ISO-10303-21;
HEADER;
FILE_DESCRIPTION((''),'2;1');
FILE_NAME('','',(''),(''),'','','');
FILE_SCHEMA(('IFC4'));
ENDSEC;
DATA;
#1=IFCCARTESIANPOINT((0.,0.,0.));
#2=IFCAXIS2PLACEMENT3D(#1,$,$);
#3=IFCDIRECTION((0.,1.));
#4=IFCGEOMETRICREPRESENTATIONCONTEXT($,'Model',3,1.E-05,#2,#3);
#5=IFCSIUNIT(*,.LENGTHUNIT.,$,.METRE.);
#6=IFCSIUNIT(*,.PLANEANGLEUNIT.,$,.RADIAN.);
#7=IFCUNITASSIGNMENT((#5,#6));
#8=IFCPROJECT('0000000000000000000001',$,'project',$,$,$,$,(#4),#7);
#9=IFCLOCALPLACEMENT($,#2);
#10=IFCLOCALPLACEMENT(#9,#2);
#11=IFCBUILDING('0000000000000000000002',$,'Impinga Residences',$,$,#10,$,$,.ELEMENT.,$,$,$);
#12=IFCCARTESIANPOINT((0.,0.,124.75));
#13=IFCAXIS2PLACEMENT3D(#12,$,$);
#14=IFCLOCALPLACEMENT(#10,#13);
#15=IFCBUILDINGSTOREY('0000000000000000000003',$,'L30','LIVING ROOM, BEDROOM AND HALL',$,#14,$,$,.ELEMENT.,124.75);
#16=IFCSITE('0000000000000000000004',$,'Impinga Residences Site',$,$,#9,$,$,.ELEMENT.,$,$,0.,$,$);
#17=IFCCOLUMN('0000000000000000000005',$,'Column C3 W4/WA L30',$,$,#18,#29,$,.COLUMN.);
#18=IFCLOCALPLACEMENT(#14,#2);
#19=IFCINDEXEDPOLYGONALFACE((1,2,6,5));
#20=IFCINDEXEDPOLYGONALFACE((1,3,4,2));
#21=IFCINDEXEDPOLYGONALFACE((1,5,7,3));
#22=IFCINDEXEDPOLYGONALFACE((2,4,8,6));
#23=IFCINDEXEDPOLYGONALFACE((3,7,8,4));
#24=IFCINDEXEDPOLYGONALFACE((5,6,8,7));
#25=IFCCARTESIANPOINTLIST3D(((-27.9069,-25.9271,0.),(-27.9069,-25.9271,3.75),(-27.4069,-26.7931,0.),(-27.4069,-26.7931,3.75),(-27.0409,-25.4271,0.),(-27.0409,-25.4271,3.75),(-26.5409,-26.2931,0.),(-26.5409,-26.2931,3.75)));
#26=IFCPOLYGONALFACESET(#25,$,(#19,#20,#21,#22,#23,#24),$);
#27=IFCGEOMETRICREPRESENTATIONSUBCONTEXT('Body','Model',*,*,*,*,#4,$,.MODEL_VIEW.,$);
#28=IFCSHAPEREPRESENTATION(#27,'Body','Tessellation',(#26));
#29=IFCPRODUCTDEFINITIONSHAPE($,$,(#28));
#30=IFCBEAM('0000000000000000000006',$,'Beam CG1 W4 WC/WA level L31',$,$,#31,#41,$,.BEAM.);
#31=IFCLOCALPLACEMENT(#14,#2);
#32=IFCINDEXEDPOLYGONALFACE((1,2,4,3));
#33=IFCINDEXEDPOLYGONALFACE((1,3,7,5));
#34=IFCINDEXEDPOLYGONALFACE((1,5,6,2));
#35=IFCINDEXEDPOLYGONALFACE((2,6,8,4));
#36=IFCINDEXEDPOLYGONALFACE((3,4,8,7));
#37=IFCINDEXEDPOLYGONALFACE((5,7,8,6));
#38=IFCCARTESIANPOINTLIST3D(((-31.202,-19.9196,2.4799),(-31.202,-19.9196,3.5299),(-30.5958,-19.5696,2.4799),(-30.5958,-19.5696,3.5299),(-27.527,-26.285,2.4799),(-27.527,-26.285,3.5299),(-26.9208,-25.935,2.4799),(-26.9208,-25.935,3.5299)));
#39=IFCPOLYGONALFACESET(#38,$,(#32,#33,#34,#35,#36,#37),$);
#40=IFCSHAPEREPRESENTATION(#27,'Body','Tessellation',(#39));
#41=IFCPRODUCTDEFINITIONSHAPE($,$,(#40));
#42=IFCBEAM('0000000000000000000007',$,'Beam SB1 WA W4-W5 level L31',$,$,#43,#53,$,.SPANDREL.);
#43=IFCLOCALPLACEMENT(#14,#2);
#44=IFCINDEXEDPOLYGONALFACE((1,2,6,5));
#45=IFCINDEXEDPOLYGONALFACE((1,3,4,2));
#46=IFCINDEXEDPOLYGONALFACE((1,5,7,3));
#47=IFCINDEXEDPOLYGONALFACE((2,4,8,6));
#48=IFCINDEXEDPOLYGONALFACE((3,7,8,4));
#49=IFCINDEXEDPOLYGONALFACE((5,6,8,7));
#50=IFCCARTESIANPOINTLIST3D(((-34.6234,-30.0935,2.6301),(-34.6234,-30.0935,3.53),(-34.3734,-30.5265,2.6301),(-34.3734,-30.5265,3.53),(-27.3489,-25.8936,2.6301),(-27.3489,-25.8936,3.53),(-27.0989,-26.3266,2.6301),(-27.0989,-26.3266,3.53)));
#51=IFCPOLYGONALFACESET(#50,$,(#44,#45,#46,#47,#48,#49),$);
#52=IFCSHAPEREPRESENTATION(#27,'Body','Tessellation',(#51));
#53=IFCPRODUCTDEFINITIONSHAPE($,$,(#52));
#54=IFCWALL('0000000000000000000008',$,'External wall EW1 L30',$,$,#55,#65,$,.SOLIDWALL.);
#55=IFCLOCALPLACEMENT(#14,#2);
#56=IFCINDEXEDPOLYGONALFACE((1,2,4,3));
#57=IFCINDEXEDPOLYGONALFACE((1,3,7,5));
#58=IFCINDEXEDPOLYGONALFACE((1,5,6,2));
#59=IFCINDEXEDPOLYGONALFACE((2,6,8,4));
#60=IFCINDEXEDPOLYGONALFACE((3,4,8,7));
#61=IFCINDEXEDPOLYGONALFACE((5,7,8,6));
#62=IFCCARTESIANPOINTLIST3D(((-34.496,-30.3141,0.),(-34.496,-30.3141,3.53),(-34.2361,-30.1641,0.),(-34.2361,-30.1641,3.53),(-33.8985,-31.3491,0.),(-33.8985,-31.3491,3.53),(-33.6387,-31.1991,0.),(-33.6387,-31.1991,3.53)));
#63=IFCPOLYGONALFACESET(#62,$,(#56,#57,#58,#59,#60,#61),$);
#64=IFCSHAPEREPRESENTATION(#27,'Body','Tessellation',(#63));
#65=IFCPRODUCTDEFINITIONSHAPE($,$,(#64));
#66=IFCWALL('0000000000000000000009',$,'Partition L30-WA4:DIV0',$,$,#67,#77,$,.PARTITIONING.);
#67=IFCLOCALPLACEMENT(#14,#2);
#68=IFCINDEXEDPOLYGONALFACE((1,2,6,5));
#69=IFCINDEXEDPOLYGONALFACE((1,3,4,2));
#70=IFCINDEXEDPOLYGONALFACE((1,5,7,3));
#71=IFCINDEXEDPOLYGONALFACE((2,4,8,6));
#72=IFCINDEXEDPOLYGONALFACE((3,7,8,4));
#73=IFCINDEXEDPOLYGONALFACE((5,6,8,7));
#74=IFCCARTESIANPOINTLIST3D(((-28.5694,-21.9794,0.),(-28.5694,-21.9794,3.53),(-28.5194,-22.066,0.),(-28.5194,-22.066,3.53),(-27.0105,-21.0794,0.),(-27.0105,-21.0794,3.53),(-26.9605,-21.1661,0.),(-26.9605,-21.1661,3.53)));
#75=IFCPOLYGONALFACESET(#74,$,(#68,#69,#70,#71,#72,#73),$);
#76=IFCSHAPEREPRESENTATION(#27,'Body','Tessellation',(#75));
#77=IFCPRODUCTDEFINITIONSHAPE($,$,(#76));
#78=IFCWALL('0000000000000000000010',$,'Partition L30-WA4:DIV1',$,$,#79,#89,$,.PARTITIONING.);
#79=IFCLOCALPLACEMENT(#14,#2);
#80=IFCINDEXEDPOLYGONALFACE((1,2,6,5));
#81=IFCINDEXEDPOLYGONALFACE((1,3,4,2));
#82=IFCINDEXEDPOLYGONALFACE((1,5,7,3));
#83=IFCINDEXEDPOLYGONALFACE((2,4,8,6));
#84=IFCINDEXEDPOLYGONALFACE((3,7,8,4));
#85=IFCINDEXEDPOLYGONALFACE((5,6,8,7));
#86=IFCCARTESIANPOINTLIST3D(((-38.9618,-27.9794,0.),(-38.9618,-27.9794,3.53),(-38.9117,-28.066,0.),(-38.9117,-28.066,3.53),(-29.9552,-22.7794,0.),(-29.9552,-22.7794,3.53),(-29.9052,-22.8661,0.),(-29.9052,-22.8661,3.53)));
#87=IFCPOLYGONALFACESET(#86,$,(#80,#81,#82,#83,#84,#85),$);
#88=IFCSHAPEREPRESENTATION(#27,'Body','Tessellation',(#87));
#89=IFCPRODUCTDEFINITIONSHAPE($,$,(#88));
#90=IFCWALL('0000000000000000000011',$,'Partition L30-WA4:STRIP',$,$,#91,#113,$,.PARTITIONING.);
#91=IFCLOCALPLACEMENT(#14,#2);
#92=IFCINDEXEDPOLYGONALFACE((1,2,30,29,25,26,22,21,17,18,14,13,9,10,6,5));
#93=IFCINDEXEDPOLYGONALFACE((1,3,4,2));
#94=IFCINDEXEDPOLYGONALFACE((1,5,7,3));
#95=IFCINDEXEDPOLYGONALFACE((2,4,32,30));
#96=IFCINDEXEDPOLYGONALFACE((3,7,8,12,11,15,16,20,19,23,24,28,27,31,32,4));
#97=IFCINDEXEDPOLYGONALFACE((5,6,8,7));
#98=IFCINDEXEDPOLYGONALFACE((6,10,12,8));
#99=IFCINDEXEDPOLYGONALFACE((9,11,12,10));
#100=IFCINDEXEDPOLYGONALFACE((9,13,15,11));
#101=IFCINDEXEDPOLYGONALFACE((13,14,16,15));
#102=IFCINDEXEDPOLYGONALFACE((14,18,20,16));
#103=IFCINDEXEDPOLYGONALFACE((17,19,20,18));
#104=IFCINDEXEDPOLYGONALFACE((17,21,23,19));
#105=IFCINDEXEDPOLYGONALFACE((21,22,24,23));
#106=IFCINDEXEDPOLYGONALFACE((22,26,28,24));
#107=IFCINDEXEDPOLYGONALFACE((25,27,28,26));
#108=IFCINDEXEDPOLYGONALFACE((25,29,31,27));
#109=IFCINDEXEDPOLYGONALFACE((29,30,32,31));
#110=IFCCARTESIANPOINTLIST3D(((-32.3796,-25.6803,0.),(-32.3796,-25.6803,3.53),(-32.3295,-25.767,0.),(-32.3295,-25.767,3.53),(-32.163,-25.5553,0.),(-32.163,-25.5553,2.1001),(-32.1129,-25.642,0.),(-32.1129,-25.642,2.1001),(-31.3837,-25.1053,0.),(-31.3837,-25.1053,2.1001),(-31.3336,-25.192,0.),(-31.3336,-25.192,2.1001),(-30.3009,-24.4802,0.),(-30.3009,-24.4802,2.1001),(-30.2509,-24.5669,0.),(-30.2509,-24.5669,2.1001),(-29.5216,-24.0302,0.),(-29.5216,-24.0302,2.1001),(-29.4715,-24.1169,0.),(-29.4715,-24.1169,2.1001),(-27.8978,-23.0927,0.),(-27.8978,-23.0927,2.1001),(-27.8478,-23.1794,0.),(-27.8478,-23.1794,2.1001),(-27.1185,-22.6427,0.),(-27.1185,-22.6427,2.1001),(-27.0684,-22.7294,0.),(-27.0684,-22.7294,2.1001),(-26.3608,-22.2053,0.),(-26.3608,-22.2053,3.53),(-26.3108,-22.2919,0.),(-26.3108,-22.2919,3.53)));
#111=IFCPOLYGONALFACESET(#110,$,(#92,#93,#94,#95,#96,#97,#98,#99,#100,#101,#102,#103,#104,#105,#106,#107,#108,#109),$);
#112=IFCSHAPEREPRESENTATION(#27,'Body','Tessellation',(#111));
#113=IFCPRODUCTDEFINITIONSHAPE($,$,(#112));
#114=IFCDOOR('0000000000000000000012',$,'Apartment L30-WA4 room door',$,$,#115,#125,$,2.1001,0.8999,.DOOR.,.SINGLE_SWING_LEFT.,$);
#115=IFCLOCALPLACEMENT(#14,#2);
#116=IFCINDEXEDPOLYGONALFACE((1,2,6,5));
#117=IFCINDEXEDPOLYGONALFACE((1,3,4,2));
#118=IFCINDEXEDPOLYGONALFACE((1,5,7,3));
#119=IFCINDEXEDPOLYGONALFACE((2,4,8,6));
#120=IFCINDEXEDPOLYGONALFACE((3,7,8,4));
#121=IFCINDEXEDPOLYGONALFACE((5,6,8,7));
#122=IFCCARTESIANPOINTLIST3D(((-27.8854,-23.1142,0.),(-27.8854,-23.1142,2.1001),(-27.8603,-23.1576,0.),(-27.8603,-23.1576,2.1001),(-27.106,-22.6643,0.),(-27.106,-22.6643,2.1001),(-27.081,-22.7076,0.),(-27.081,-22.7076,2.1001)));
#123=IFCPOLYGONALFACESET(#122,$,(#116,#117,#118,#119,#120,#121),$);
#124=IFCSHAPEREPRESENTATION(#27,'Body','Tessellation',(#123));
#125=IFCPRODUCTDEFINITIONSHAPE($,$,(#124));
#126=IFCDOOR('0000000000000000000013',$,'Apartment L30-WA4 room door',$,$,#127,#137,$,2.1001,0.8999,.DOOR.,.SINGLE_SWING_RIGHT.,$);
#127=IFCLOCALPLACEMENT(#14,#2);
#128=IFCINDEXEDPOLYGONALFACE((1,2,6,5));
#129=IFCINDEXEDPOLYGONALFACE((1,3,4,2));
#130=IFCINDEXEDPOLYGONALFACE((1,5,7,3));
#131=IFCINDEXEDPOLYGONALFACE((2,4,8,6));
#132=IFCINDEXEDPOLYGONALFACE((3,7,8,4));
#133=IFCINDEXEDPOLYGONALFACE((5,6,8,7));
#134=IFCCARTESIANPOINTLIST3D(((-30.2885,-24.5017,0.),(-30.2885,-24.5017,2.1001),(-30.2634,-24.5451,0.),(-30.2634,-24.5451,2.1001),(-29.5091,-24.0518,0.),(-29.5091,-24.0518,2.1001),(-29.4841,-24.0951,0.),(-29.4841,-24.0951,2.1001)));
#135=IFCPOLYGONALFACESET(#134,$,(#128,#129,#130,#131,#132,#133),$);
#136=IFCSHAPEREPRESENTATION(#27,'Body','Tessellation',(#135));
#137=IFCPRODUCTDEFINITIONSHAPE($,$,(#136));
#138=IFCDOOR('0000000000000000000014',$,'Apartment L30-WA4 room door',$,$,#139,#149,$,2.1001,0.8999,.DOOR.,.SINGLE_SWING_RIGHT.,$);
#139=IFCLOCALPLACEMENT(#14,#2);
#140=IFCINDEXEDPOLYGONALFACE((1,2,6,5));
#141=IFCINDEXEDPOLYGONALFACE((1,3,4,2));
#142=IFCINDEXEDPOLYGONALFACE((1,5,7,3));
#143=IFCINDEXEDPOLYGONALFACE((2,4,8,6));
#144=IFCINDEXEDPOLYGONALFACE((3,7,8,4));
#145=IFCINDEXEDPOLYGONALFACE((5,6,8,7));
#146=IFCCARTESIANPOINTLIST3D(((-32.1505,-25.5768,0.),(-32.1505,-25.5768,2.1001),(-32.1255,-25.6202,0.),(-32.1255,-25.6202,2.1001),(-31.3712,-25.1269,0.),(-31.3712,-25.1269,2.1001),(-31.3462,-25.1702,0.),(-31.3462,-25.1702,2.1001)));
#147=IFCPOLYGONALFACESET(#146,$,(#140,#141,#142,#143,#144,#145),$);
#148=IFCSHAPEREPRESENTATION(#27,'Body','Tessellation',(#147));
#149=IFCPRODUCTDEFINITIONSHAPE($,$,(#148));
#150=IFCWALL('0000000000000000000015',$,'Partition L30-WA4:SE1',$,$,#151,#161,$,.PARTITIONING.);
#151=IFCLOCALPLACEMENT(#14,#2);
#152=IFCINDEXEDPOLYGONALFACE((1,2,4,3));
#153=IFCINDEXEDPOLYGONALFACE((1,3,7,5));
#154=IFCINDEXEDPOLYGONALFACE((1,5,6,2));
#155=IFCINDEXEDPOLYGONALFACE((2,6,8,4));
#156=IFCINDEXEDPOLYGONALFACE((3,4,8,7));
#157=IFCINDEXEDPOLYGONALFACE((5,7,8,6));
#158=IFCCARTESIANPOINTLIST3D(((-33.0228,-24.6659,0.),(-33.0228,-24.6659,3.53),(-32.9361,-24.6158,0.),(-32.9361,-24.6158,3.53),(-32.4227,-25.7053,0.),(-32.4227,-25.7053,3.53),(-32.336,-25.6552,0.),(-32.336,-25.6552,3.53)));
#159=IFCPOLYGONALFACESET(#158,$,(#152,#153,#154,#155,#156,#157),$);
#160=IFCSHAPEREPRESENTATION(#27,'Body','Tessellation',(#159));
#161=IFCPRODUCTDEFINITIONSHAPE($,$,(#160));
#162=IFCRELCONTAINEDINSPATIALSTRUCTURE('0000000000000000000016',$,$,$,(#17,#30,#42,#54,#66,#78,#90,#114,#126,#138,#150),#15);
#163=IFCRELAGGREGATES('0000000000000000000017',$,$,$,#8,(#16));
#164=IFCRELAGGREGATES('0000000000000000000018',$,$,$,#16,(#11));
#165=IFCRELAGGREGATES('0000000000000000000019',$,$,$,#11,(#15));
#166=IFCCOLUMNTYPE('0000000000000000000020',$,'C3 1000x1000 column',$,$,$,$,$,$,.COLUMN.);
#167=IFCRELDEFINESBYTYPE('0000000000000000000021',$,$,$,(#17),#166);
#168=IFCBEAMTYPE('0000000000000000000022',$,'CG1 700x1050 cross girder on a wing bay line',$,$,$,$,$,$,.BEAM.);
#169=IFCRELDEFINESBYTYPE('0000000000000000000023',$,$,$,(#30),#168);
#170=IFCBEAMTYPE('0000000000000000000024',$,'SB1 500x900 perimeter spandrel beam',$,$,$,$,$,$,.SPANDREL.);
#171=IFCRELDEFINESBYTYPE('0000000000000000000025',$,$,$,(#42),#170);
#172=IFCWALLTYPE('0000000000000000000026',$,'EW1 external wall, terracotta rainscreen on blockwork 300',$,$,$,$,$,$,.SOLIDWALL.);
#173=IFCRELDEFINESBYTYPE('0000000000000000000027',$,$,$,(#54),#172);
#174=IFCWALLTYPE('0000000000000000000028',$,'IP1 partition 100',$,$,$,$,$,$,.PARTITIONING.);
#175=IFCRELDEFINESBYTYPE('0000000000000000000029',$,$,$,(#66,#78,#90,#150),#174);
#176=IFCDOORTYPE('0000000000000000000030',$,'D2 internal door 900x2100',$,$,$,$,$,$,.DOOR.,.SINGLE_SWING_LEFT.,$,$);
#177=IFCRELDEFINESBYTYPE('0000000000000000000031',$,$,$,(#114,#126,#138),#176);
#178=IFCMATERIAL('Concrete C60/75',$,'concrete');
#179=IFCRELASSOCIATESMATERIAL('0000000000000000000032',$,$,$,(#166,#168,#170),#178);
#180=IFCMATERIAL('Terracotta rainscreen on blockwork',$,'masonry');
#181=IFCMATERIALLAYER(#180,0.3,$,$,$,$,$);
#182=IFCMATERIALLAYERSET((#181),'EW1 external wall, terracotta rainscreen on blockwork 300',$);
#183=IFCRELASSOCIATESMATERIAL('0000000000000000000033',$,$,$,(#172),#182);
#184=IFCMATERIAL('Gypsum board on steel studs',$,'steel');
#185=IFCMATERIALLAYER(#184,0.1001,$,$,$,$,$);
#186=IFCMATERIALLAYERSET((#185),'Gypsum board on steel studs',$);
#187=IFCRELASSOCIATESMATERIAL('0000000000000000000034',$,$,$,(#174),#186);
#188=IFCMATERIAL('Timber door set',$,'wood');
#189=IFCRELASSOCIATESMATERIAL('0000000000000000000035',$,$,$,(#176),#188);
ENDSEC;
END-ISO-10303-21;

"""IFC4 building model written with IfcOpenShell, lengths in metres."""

from ifc_helpers import new_model, si_unit, direction, frame, frame_2d, origin, origin_2d, place, context, subcontext, project, spatial, rectangle, extrude, material, layer, layer_set, material_profile, profile_set, type_object, element, fill, save


model = new_model("IFC4")

# Units and contexts
model_context = context("Model", 3, precision=1e-05, world=origin(), true_north=direction((0.0, 1.0)))
body_context = subcontext(model_context, "Body", "Model", "MODEL_VIEW")
ifc_project = project(units=[si_unit("LENGTHUNIT", "METRE"), si_unit("PLANEANGLEUNIT", "RADIAN")], contexts=[model_context])

# Site, building, storey
site_placement = place(None, origin())
site = spatial("IfcSite", under=ifc_project, at=site_placement, Name="Impinga Residences Site", CompositionType="ELEMENT", RefElevation=0.0)
building_placement = place(site_placement, origin())
building = spatial("IfcBuilding", under=site, at=building_placement, Name="Impinga Residences", CompositionType="ELEMENT")
storey_placement = place(building_placement, frame((0.0, 0.0, 124.75)))
storey = spatial("IfcBuildingStorey", under=building, at=storey_placement, Name="L30", Description="LIVING ROOM, BEDROOM AND HALL", CompositionType="ELEMENT", Elevation=124.75)

# Column
ifc_material_1 = material(Name="Concrete C60/75", Category="concrete")
ifc_material_profile_1 = material_profile(ifc_material_1, rectangle(XDim=1.0, YDim=1.0, at=origin_2d()), Name="RC 1000x1000")
ifc_profile_set_1 = profile_set([ifc_material_profile_1], Name="Concrete C60/75")
column_type = type_object("IfcColumnType", Name="C3 1000x1000 column", PredefinedType="COLUMN", material=ifc_profile_set_1)
column_placement = place(storey_placement, frame((-27.2239, -26.1101, 0.0), z_axis=(0.0, 0.0, 1.0), x_axis=(-0.5, 0.866025, 0.0)))
element("IfcColumn", 1, at=column_placement, inside=storey, type_object=column_type, Name="Column C3 W4/WA L30", PredefinedType="COLUMN", context=body_context, shape_type="SweptSolid", body=[
    extrude(rectangle(XDim=1.0, YDim=1.0, at=origin_2d()), origin(), (0.0, 0.0, 1.0), 3.75),
])

# Beams
ifc_material_profile_2 = material_profile(ifc_material_1, rectangle(XDim=0.7, YDim=1.05, at=origin_2d()), Name="RC 700x1050")
ifc_profile_set_2 = profile_set([ifc_material_profile_2], Name="Concrete C60/75")
beam_type_1 = type_object("IfcBeamType", Name="CG1 700x1050 cross girder on a wing bay line", PredefinedType="BEAM", material=ifc_profile_set_2)
beam_1_placement = place(storey_placement, frame((-30.8989, -19.7446, 3.0049), z_axis=(0.499994, -0.866029, 0.0), x_axis=(0.866029, 0.499994, 0.0)))
element("IfcBeam", 2, at=beam_1_placement, inside=storey, type_object=beam_type_1, Name="Beam CG1 W4 WC/WA level L31", PredefinedType="BEAM", context=body_context, shape_type="SweptSolid", body=[
    extrude(rectangle(XDim=0.7, YDim=1.05, at=origin_2d()), origin(), (0.0, 0.0, 1.0), 7.3501),
])
ifc_material_profile_3 = material_profile(ifc_material_1, rectangle(XDim=0.5, YDim=0.8999, at=origin_2d()), Name="RC 500x900")
ifc_profile_set_3 = profile_set([ifc_material_profile_3], Name="Concrete C60/75")
beam_type_2 = type_object("IfcBeamType", Name="SB1 500x900 perimeter spandrel beam", PredefinedType="SPANDREL", material=ifc_profile_set_3)
beam_2_placement = place(storey_placement, frame((-27.2239, -26.1101, 3.0801), z_axis=(-0.866029, -0.499993, 0.0), x_axis=(0.499993, -0.866029, 0.0)))
element("IfcBeam", 3, at=beam_2_placement, inside=storey, type_object=beam_type_2, Name="Beam SB1 WA W4-W5 level L31", PredefinedType="SPANDREL", context=body_context, shape_type="SweptSolid", body=[
    extrude(rectangle(XDim=0.5, YDim=0.8999, at=origin_2d()), origin(), (0.0, 0.0, 1.0), 8.3999),
])

# Walls
ifc_material_2 = material(Name="Terracotta rainscreen on blockwork", Category="masonry")
ifc_layer_1 = layer(ifc_material_2, 0.3)
ifc_layer_set_1 = layer_set([ifc_layer_1], Name="EW1 external wall, terracotta rainscreen on blockwork 300")
wall_type_1 = type_object("IfcWallType", Name="EW1 external wall, terracotta rainscreen on blockwork 300", PredefinedType="SOLIDWALL", material=ifc_layer_set_1)
wall_1_placement = place(storey_placement, frame((-33.7686, -31.2742, 0.0), z_axis=(0.0, 0.0, 1.0), x_axis=(-0.499941, 0.86606, 0.0)))
element("IfcWall", 4, at=wall_1_placement, inside=storey, type_object=wall_type_1, Name="External wall EW1 L30", PredefinedType="SOLIDWALL", context=body_context, shape_type="SweptSolid", body=[
    extrude(rectangle(XDim=1.1951, YDim=0.3, at=frame_2d((0.5977, 0.0))), origin(), (0.0, 0.0, 1.0), 3.53),
])
ifc_material_3 = material(Name="Gypsum board on steel studs", Category="steel")
ifc_layer_2 = layer(ifc_material_3, 0.1001)
ifc_layer_set_2 = layer_set([ifc_layer_2], Name="Gypsum board on steel studs")
wall_type_2 = type_object("IfcWallType", Name="IP1 partition 100", PredefinedType="PARTITIONING", material=ifc_layer_set_2)
wall_2_placement = place(storey_placement, frame((-26.9856, -21.1228, 0.0), z_axis=(0.0, 0.0, 1.0), x_axis=(-0.866048, -0.499961, 0.0)))
element("IfcWall", 5, at=wall_2_placement, inside=storey, type_object=wall_type_2, Name="Partition L30-WA4:DIV0", PredefinedType="PARTITIONING", context=body_context, shape_type="SweptSolid", body=[
    extrude(rectangle(XDim=1.8, YDim=0.1001, at=frame_2d((0.8999, 0.0))), origin(), (0.0, 0.0, 1.0), 3.53),
])
wall_3_placement = place(storey_placement, frame((-29.9302, -22.8228, 0.0), z_axis=(0.0, 0.0, 1.0), x_axis=(-0.866026, -0.499999, 0.0)))
element("IfcWall", 6, at=wall_3_placement, inside=storey, type_object=wall_type_2, Name="Partition L30-WA4:DIV1", PredefinedType="PARTITIONING", context=body_context, shape_type="SweptSolid", body=[
    extrude(rectangle(XDim=10.3999, YDim=0.1001, at=frame_2d((5.2, 0.0))), origin(), (0.0, 0.0, 1.0), 3.53),
])

# Wall, openings, doors
wall_4_placement = place(storey_placement, frame((-26.3357, -22.2485, 0.0), z_axis=(0.0, 0.0, 1.0), x_axis=(-0.866017, -0.500015, 0.0)))
wall_4 = element("IfcWall", 7, at=wall_4_placement, inside=storey, type_object=wall_type_2, Name="Partition L30-WA4:STRIP", PredefinedType="PARTITIONING", context=body_context, shape_type="SweptSolid", body=[
    extrude(rectangle(XDim=6.95, YDim=0.1001, at=frame_2d((3.4751, 0.0))), origin(), (0.0, 0.0, 1.0), 3.53),
])
opening_1_placement = place(wall_4_placement, frame((0.875, 0.0, 0.0)))
opening_1 = element("IfcOpeningElement", 8, at=opening_1_placement, cuts=wall_4, PredefinedType="OPENING", context=body_context, shape_type="SweptSolid", body=[
    extrude(rectangle(XDim=0.8999, YDim=2.1001, at=frame_2d((0.45, 1.05))), frame((0.0, 0.0601, 0.0), z_axis=(0.0, -1.0, 0.0), x_axis=(1.0, 0.0, 0.0)), (0.0, 0.0, 1.0), 0.1201),
])
opening_2_placement = place(wall_4_placement, frame((3.6499, 0.0, 0.0)))
opening_2 = element("IfcOpeningElement", 9, at=opening_2_placement, cuts=wall_4, PredefinedType="OPENING", context=body_context, shape_type="SweptSolid", body=[
    extrude(rectangle(XDim=0.8999, YDim=2.1001, at=frame_2d((0.45, 1.05))), frame((0.0, 0.0601, 0.0), z_axis=(0.0, -1.0, 0.0), x_axis=(1.0, 0.0, 0.0)), (0.0, 0.0, 1.0), 0.1201),
])
opening_3_placement = place(wall_4_placement, frame((5.8, 0.0, 0.0)))
opening_3 = element("IfcOpeningElement", 10, at=opening_3_placement, cuts=wall_4, PredefinedType="OPENING", context=body_context, shape_type="SweptSolid", body=[
    extrude(rectangle(XDim=0.8999, YDim=2.1001, at=frame_2d((0.45, 1.05))), frame((0.0, 0.0601, 0.0), z_axis=(0.0, -1.0, 0.0), x_axis=(1.0, 0.0, 0.0)), (0.0, 0.0, 1.0), 0.1201),
])
ifc_material_4 = material(Name="Timber door set", Category="wood")
door_type = type_object("IfcDoorType", Name="D2 internal door 900x2100", OperationType="SINGLE_SWING_LEFT", PredefinedType="DOOR", material=ifc_material_4)
door_1_placement = place(opening_1_placement, origin())
door_1 = element("IfcDoor", 11, at=door_1_placement, inside=storey, type_object=door_type, Name="Apartment L30-WA4 room door", OperationType="SINGLE_SWING_LEFT", OverallHeight=2.1001, OverallWidth=0.8999, PredefinedType="DOOR", context=body_context, shape_type="SweptSolid", body=[
    extrude(rectangle(XDim=0.8999, YDim=2.1001, at=frame_2d((0.45, 1.05))), frame((0.0, 0.0249, 0.0), z_axis=(0.0, -1.0, 0.0), x_axis=(1.0, 0.0, 0.0)), (0.0, 0.0, 1.0), 0.05),
])
fill(opening_1, door_1)
door_2_placement = place(opening_2_placement, origin())
door_2 = element("IfcDoor", 12, at=door_2_placement, inside=storey, type_object=door_type, Name="Apartment L30-WA4 room door", OperationType="SINGLE_SWING_RIGHT", OverallHeight=2.1001, OverallWidth=0.8999, PredefinedType="DOOR", context=body_context, shape_type="SweptSolid", body=[
    extrude(rectangle(XDim=0.8999, YDim=2.1001, at=frame_2d((0.45, 1.05))), frame((0.0, 0.0249, 0.0), z_axis=(0.0, -1.0, 0.0), x_axis=(1.0, 0.0, 0.0)), (0.0, 0.0, 1.0), 0.05),
])
fill(opening_2, door_2)
door_3_placement = place(opening_3_placement, origin())
door_3 = element("IfcDoor", 13, at=door_3_placement, inside=storey, type_object=door_type, Name="Apartment L30-WA4 room door", OperationType="SINGLE_SWING_RIGHT", OverallHeight=2.1001, OverallWidth=0.8999, PredefinedType="DOOR", context=body_context, shape_type="SweptSolid", body=[
    extrude(rectangle(XDim=0.8999, YDim=2.1001, at=frame_2d((0.45, 1.05))), frame((0.0, 0.0249, 0.0), z_axis=(0.0, -1.0, 0.0), x_axis=(1.0, 0.0, 0.0)), (0.0, 0.0, 1.0), 0.05),
])
fill(opening_3, door_3)

# Wall
wall_5_placement = place(storey_placement, frame((-32.9795, -24.6409, 0.0), z_axis=(0.0, 0.0, 1.0), x_axis=(0.500034, -0.866006, 0.0)))
element("IfcWall", 14, at=wall_5_placement, inside=storey, type_object=wall_type_2, Name="Partition L30-WA4:SE1", PredefinedType="PARTITIONING", context=body_context, shape_type="SweptSolid", body=[
    extrude(rectangle(XDim=1.2002, YDim=0.1001, at=frame_2d((0.6001, 0.0))), origin(), (0.0, 0.0, 1.0), 3.53),
])

save(model, "model.ifc")
